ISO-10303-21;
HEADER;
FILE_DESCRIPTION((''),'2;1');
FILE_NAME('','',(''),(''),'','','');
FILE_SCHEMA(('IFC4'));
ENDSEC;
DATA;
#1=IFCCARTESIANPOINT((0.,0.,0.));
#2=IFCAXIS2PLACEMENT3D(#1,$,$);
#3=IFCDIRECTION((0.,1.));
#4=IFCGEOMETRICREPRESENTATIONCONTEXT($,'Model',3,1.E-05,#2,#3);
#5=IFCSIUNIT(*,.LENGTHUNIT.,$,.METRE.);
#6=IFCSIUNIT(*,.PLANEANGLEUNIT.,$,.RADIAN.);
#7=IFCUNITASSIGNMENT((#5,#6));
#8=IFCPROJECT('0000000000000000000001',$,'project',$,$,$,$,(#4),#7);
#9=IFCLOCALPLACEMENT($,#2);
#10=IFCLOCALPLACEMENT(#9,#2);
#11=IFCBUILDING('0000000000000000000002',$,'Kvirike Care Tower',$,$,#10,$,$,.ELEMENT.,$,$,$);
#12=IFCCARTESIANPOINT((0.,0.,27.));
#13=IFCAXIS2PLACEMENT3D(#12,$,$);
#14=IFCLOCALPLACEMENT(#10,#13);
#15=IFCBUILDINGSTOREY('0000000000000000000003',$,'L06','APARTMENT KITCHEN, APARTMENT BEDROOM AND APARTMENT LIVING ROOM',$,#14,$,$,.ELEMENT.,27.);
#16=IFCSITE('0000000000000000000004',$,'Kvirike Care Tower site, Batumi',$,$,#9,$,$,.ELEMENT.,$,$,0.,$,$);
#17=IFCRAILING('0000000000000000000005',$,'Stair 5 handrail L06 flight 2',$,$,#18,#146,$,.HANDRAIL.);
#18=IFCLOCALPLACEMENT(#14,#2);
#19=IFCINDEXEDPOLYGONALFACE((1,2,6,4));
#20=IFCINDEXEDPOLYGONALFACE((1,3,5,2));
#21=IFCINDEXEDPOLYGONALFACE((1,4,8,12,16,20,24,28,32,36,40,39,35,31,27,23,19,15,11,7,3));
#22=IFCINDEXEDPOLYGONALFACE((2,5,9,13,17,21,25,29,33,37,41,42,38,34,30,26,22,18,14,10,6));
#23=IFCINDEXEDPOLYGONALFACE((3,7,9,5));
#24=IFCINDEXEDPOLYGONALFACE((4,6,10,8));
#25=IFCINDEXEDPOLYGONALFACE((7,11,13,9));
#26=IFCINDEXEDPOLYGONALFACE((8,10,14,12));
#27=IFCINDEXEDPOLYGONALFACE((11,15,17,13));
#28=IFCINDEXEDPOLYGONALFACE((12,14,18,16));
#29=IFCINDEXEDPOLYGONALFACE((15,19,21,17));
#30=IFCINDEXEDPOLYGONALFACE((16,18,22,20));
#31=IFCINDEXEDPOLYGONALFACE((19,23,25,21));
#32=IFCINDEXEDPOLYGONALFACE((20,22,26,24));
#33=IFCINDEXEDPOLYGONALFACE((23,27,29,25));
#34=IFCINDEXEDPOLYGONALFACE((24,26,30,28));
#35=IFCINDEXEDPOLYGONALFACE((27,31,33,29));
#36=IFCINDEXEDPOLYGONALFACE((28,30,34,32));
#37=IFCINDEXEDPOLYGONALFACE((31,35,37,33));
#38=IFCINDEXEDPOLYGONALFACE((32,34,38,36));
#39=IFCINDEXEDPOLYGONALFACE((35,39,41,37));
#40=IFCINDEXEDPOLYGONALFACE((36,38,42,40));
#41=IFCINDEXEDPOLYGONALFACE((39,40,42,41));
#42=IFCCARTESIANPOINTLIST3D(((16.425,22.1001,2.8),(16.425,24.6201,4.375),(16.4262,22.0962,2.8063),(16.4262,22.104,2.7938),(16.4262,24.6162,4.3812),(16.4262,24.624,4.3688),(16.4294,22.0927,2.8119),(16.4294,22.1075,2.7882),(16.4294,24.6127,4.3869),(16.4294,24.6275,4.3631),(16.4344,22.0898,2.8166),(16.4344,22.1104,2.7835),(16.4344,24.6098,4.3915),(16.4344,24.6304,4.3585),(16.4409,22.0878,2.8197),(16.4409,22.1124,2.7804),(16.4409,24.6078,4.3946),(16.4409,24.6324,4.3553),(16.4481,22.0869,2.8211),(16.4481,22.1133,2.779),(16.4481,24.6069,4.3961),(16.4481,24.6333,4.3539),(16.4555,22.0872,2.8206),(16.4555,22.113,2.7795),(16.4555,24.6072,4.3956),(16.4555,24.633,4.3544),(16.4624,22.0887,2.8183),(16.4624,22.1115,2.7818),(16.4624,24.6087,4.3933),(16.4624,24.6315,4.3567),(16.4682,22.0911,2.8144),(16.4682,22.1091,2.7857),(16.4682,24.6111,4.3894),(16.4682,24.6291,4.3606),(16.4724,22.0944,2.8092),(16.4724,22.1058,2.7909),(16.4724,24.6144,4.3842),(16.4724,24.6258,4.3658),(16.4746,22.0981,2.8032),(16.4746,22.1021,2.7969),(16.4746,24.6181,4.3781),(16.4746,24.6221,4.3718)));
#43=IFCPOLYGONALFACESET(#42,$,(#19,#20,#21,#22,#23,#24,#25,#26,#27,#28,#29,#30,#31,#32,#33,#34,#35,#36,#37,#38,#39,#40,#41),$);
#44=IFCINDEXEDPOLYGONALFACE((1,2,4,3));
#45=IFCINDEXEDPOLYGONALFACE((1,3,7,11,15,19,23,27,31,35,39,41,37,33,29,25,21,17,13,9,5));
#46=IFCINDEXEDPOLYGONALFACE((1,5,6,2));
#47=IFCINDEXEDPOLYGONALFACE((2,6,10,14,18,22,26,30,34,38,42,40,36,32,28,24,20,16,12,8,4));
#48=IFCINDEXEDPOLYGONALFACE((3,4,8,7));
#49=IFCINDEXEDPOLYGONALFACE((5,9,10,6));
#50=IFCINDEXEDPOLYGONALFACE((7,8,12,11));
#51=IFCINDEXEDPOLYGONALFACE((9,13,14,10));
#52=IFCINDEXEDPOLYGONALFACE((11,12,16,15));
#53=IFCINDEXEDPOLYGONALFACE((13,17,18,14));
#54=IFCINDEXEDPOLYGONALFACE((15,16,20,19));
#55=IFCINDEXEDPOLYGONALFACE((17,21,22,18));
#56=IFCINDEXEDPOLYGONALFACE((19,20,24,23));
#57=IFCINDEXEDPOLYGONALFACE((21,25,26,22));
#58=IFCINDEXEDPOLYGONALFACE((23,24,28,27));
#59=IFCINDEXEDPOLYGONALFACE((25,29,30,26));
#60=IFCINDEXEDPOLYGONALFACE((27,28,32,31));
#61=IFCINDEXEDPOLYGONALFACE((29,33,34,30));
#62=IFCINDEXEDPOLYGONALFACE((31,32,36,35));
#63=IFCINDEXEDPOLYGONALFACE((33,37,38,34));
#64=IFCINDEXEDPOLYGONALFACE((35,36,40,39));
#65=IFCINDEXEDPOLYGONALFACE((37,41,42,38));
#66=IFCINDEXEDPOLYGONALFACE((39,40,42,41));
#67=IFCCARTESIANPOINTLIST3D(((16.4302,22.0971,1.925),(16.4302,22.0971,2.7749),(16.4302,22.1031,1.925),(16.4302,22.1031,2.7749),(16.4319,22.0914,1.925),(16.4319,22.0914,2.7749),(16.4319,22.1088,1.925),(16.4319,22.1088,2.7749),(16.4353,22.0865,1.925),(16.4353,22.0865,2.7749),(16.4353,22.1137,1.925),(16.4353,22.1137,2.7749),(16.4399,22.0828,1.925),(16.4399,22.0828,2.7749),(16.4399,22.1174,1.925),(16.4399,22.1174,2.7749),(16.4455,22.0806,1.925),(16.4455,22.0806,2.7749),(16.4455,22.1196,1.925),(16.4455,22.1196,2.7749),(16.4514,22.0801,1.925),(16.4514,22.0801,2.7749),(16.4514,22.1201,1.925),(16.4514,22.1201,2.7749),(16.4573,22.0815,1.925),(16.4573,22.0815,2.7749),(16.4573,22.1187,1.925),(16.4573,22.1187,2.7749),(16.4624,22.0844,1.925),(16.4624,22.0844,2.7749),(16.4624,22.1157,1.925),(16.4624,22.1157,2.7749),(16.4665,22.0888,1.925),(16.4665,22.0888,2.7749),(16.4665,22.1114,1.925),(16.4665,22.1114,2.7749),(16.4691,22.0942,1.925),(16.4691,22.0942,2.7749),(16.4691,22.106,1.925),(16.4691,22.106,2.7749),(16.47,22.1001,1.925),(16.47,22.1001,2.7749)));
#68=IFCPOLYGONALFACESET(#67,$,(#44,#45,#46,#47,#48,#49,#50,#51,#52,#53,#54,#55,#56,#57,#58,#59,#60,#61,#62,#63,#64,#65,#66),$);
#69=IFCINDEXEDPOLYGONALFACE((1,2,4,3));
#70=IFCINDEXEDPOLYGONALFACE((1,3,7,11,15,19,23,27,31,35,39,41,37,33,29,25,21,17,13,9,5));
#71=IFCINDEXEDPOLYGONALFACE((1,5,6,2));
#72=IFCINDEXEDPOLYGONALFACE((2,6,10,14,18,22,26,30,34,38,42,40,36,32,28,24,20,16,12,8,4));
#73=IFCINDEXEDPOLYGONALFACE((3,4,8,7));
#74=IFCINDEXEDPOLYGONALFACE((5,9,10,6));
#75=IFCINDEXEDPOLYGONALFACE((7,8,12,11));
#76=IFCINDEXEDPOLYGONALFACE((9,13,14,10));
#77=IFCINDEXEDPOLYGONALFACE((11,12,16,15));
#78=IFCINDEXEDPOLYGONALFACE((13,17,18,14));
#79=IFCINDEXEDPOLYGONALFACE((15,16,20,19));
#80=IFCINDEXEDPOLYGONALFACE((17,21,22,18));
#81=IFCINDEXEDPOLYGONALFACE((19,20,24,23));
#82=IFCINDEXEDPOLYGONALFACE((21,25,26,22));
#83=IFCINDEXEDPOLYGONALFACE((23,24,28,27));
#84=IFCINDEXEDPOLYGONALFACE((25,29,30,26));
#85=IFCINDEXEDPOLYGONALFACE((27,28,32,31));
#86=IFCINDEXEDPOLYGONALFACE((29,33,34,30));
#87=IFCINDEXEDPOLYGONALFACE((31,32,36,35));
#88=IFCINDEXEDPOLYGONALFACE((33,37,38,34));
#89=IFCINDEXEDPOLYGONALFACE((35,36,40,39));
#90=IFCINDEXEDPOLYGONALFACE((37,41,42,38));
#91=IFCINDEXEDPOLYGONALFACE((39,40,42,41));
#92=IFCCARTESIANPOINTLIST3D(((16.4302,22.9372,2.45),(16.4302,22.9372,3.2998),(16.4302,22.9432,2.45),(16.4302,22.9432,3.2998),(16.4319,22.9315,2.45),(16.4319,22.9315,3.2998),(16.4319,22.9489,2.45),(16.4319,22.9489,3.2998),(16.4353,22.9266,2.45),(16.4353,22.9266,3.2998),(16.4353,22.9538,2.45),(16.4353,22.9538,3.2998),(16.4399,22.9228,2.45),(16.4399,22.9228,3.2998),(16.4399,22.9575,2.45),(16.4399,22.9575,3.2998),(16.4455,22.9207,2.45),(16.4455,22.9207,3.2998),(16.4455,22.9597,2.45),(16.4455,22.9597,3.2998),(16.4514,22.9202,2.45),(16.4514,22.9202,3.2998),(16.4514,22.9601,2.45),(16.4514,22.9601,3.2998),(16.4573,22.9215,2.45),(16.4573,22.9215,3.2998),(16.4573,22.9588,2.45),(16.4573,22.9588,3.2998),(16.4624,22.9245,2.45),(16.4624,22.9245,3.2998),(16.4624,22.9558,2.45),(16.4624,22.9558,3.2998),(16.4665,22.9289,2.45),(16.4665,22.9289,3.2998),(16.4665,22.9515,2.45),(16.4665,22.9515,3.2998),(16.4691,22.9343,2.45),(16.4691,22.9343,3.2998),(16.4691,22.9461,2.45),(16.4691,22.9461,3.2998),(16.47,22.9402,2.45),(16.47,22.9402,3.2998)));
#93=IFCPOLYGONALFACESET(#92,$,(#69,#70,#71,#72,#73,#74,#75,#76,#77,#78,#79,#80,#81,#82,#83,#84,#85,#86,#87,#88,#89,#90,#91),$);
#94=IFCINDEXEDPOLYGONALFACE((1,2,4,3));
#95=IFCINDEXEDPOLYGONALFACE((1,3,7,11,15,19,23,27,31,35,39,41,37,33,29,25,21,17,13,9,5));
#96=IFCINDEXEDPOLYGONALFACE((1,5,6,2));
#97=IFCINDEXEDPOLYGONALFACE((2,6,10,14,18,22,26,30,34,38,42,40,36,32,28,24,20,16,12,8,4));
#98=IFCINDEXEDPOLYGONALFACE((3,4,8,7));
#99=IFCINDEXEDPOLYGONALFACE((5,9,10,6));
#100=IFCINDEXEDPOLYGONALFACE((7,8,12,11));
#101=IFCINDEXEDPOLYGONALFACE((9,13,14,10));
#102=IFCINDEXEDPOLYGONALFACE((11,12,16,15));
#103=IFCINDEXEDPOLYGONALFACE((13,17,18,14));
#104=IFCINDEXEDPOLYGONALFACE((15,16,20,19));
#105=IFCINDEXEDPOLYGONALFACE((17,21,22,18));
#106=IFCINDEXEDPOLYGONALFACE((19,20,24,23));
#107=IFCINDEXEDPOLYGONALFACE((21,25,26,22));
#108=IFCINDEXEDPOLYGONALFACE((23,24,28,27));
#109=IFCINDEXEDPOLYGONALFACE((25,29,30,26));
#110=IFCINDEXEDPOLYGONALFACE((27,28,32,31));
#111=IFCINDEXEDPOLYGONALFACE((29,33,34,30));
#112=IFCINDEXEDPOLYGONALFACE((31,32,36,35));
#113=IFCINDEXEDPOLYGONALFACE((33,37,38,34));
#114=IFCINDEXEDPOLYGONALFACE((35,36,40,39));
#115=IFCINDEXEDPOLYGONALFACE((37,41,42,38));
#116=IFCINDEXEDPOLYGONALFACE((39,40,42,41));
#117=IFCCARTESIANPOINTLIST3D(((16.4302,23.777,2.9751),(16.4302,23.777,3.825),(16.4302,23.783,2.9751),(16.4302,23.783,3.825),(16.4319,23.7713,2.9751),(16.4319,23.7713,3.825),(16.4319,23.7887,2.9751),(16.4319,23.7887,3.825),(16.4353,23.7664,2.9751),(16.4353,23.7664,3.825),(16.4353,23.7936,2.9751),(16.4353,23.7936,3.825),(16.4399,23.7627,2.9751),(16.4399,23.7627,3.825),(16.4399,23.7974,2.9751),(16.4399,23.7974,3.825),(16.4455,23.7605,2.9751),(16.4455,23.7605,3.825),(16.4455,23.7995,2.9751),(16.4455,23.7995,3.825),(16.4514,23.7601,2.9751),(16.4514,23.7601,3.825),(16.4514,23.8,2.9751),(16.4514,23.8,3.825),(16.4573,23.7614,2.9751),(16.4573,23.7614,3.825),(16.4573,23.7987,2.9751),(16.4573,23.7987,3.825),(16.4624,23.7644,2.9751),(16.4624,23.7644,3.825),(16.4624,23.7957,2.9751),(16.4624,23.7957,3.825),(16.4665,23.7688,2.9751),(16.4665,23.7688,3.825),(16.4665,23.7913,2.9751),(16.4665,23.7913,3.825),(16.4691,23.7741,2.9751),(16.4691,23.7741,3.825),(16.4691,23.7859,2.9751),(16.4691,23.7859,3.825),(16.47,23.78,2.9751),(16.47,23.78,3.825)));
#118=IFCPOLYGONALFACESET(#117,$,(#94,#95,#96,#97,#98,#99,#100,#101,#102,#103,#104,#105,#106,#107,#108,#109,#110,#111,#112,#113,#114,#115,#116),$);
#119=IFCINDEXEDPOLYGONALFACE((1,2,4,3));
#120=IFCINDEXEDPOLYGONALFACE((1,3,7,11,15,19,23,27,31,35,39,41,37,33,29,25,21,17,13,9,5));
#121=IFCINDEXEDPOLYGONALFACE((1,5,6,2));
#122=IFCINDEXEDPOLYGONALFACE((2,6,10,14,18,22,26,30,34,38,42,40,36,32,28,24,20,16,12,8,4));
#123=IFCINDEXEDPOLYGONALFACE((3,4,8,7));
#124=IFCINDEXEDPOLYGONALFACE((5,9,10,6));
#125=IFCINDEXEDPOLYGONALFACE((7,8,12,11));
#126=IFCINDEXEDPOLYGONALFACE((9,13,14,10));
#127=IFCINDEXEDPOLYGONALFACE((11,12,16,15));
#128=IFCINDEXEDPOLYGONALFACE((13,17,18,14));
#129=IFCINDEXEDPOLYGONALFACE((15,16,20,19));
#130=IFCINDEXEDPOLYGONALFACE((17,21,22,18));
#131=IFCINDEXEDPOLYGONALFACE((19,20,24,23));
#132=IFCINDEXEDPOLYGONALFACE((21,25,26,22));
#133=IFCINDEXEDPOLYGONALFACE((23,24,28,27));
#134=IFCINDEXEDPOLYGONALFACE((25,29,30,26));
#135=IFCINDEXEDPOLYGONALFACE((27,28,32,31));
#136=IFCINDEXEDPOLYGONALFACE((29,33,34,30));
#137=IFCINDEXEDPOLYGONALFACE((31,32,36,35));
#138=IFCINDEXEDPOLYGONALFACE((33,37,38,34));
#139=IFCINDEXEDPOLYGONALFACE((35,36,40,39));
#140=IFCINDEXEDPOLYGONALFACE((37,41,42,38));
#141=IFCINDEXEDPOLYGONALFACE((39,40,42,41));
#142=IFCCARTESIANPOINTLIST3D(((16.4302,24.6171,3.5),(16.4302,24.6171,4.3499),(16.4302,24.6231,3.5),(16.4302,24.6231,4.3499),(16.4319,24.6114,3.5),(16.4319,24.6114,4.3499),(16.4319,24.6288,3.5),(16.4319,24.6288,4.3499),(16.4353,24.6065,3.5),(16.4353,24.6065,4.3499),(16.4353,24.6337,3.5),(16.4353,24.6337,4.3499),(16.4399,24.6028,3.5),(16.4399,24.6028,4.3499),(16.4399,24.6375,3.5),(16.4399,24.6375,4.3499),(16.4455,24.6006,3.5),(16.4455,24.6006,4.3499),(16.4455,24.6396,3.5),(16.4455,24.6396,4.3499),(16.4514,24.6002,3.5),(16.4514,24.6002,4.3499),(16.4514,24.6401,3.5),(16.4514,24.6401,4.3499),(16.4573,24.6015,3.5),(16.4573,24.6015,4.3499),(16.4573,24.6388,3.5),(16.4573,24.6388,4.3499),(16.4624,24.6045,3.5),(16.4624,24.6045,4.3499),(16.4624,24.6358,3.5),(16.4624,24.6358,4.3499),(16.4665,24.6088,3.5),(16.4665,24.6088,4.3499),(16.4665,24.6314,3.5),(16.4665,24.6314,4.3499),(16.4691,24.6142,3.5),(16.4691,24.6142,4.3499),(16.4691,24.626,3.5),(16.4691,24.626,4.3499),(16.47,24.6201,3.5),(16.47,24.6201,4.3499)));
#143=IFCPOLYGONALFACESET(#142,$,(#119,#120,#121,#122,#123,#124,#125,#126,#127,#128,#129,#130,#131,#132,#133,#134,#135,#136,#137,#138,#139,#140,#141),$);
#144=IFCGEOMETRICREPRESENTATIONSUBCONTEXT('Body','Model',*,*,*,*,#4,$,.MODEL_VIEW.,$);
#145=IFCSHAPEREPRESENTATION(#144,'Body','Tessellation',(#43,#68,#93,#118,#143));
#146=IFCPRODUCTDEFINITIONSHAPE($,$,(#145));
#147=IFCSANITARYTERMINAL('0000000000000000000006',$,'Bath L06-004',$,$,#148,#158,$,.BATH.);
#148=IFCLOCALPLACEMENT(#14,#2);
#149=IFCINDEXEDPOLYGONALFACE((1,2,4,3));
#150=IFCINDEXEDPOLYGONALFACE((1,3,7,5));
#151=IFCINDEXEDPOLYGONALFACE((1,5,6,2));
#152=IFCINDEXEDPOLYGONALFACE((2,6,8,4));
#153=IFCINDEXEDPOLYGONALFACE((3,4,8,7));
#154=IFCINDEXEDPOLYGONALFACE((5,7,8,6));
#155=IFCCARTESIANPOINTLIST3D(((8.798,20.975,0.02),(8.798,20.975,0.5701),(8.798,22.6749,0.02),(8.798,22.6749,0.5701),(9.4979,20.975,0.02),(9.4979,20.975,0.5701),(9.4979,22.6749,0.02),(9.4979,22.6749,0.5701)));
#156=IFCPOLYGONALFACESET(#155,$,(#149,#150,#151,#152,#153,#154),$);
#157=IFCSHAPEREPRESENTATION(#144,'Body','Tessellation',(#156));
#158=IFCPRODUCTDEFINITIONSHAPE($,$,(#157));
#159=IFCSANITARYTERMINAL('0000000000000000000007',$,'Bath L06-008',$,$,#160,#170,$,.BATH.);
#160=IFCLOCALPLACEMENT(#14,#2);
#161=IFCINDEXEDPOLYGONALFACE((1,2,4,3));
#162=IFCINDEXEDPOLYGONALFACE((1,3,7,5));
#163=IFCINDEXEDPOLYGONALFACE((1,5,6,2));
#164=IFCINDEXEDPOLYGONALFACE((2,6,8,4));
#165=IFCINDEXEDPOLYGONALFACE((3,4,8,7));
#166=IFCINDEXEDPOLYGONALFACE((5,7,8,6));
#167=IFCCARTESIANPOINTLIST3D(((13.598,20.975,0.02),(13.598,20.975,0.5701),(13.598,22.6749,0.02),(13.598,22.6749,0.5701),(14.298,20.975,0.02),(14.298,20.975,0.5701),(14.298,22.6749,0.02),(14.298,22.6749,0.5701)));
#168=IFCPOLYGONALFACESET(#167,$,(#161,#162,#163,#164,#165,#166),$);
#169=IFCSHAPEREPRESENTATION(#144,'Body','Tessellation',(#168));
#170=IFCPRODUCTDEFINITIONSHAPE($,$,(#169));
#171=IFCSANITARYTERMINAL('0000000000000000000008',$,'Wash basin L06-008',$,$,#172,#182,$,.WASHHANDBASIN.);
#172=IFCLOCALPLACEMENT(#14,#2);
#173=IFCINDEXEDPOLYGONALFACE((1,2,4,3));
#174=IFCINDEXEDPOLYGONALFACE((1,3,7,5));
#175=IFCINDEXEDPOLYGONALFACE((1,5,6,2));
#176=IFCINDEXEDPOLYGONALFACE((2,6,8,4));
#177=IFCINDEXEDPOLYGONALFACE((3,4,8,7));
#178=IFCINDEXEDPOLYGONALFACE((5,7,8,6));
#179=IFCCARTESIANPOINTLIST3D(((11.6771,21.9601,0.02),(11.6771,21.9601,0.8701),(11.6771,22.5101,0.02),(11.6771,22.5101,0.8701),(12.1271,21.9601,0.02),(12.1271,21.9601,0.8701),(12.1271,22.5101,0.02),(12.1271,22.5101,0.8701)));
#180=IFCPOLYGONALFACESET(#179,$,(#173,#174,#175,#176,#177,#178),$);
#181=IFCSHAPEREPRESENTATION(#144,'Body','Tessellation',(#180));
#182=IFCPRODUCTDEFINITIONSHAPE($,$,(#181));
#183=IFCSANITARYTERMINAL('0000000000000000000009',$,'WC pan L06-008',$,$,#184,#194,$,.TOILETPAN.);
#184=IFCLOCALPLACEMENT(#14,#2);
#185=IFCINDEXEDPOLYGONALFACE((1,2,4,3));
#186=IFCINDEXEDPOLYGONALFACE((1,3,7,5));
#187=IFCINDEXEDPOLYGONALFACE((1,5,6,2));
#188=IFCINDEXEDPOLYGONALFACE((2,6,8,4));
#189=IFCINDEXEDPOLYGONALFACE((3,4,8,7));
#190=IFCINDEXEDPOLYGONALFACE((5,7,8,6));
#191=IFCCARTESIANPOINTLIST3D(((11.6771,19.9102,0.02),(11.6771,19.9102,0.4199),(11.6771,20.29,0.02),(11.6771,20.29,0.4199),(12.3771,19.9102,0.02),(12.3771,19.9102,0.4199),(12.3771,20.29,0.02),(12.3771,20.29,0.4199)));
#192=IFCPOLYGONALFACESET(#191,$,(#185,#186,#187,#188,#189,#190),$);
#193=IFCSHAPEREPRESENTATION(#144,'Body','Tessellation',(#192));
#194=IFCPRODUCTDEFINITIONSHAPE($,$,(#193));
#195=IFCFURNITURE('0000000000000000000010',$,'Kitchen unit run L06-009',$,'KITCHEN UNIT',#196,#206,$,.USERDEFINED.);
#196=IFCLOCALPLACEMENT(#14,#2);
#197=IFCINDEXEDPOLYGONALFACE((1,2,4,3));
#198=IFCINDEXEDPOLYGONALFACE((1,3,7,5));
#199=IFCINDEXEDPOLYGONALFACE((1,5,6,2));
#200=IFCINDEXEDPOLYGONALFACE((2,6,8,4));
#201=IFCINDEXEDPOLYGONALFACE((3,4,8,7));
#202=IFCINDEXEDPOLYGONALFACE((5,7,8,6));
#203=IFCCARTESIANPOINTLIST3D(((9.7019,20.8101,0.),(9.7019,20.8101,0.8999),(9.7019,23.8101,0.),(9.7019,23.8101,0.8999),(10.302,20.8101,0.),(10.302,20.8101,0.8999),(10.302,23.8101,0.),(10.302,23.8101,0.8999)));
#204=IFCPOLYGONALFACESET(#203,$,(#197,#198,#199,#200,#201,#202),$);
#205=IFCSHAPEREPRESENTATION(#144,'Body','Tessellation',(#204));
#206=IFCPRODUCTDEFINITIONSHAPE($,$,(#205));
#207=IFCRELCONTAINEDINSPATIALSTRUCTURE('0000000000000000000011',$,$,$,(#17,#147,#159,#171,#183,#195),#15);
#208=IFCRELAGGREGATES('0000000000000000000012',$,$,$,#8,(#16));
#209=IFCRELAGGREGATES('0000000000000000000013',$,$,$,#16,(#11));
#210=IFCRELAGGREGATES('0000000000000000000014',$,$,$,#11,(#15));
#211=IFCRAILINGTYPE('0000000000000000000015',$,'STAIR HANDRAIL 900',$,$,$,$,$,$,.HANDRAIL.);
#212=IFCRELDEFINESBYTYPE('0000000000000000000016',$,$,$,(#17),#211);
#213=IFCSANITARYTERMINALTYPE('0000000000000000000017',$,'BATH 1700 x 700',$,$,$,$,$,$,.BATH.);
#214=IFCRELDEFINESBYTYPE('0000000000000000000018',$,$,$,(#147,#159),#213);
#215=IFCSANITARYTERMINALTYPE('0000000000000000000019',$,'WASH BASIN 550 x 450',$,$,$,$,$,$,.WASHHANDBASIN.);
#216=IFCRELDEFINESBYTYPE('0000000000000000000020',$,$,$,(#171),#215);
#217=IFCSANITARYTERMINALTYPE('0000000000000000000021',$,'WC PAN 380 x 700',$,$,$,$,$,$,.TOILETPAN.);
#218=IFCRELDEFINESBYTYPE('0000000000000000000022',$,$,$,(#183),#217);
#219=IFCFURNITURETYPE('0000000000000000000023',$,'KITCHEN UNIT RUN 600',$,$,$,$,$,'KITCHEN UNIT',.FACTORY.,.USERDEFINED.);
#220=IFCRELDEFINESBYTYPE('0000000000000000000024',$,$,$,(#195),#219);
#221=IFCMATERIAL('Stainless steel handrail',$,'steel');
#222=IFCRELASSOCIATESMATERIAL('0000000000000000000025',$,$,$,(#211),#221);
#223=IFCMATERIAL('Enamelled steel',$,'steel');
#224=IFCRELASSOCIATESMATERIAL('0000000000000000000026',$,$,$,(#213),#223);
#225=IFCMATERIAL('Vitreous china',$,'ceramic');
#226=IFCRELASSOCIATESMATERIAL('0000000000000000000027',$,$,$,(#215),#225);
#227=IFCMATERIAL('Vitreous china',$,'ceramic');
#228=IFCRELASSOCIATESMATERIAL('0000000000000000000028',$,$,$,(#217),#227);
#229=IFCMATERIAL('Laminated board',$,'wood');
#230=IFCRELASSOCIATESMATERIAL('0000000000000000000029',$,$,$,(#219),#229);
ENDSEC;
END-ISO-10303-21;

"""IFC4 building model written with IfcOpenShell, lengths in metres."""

from ifc_helpers import new_model, si_unit, direction, frame, origin, origin_2d, place, context, subcontext, project, spatial, rectangle, circle, extrude, material, type_object, element, save


model = new_model("IFC4")

# Units and contexts
model_context = context("Model", 3, precision=1e-05, world=origin(), true_north=direction((0.0, 1.0)))
body_context = subcontext(model_context, "Body", "Model", "MODEL_VIEW")
ifc_project = project(units=[si_unit("LENGTHUNIT", "METRE"), si_unit("PLANEANGLEUNIT", "RADIAN")], contexts=[model_context])

# Site, building, storey
site_placement = place(None, origin())
site = spatial("IfcSite", under=ifc_project, at=site_placement, Name="Kvirike Care Tower site, Batumi", CompositionType="ELEMENT", RefElevation=0.0)
building_placement = place(site_placement, origin())
building = spatial("IfcBuilding", under=site, at=building_placement, Name="Kvirike Care Tower", CompositionType="ELEMENT")
storey_placement = place(building_placement, frame((0.0, 0.0, 27.0)))
storey = spatial("IfcBuildingStorey", under=building, at=storey_placement, Name="L06", Description="APARTMENT KITCHEN, APARTMENT BEDROOM AND APARTMENT LIVING ROOM", CompositionType="ELEMENT", Elevation=27.0)

# Railing
ifc_material_1 = material(Name="Stainless steel handrail", Category="steel")
railing_type = type_object("IfcRailingType", Name="STAIR HANDRAIL 900", PredefinedType="HANDRAIL", material=ifc_material_1)
railing_placement = place(storey_placement, frame((16.45, 22.1001, 1.925)))
element("IfcRailing", 1, at=railing_placement, inside=storey, type_object=railing_type, Name="Stair 5 handrail L06 flight 2", PredefinedType="HANDRAIL", context=body_context, shape_type="SweptSolid", body=[
    extrude(circle(Radius=0.0249, at=origin_2d()), frame((0.0, 0.0, 0.875), z_axis=(0.0, 0.848008, 0.529984), x_axis=(-1.0, 0.0, 0.0)), (0.0, 0.0, 1.0), 2.9717),
    extrude(circle(Radius=0.02, at=origin_2d()), origin(), (0.0, 0.0, 1.0), 0.8499),
    extrude(circle(Radius=0.02, at=origin_2d()), frame((0.0, 0.8401, 0.5249)), (0.0, 0.0, 1.0), 0.8499),
    extrude(circle(Radius=0.02, at=origin_2d()), frame((0.0, 1.6799, 1.05)), (0.0, 0.0, 1.0), 0.8499),
    extrude(circle(Radius=0.02, at=origin_2d()), frame((0.0, 2.52, 1.575)), (0.0, 0.0, 1.0), 0.8499),
])

# Sanitary terminals
ifc_material_2 = material(Name="Enamelled steel", Category="steel")
sanitary_terminal_type_1 = type_object("IfcSanitaryTerminalType", Name="BATH 1700 x 700", PredefinedType="BATH", material=ifc_material_2)
for number, where, z_axis, x_axis, name in (
    (2, (9.1479, 21.825, 0.02), (0.0, 0.0, 1.0), (0.0, -1.0, 0.0), "Bath L06-004"),
    (3, (13.948, 21.825, 0.02), (0.0, 0.0, 1.0), (0.0, -1.0, 0.0), "Bath L06-008"),
):
    element("IfcSanitaryTerminal", number, at=place(storey_placement, frame(where, z_axis=z_axis, x_axis=x_axis)), inside=storey, type_object=sanitary_terminal_type_1, Name=name, PredefinedType="BATH", context=body_context, shape_type="SweptSolid", body=[
        extrude(rectangle(XDim=1.7, YDim=0.7, at=origin_2d()), origin(), (0.0, 0.0, 1.0), 0.55),
    ])
ifc_material_3 = material(Name="Vitreous china", Category="ceramic")
sanitary_terminal_type_2 = type_object("IfcSanitaryTerminalType", Name="WASH BASIN 550 x 450", PredefinedType="WASHHANDBASIN", material=ifc_material_3)
sanitary_terminal_1_placement = place(storey_placement, frame((11.9021, 22.2351, 0.02), z_axis=(0.0, 0.0, 1.0), x_axis=(0.0, 1.0, 0.0)))
element("IfcSanitaryTerminal", 4, at=sanitary_terminal_1_placement, inside=storey, type_object=sanitary_terminal_type_2, Name="Wash basin L06-008", PredefinedType="WASHHANDBASIN", context=body_context, shape_type="SweptSolid", body=[
    extrude(rectangle(XDim=0.55, YDim=0.45, at=origin_2d()), origin(), (0.0, 0.0, 1.0), 0.8501),
])
ifc_material_4 = material(Name="Vitreous china", Category="ceramic")
sanitary_terminal_type_3 = type_object("IfcSanitaryTerminalType", Name="WC PAN 380 x 700", PredefinedType="TOILETPAN", material=ifc_material_4)
sanitary_terminal_2_placement = place(storey_placement, frame((12.0271, 20.1001, 0.02), z_axis=(0.0, 0.0, 1.0), x_axis=(0.0, 1.0, 0.0)))
element("IfcSanitaryTerminal", 5, at=sanitary_terminal_2_placement, inside=storey, type_object=sanitary_terminal_type_3, Name="WC pan L06-008", PredefinedType="TOILETPAN", context=body_context, shape_type="SweptSolid", body=[
    extrude(rectangle(XDim=0.3799, YDim=0.7, at=origin_2d()), origin(), (0.0, 0.0, 1.0), 0.3999),
])

# Furniture
ifc_material_5 = material(Name="Laminated board", Category="wood")
furniture_type = type_object("IfcFurnitureType", Name="KITCHEN UNIT RUN 600", ElementType="KITCHEN UNIT", AssemblyPlace="FACTORY", PredefinedType="USERDEFINED", material=ifc_material_5)
furniture_placement = place(storey_placement, frame((10.002, 22.3101, 0.0), z_axis=(0.0, 0.0, 1.0), x_axis=(0.0, 1.0, 0.0)))
element("IfcFurniture", 6, at=furniture_placement, inside=storey, type_object=furniture_type, Name="Kitchen unit run L06-009", ObjectType="KITCHEN UNIT", PredefinedType="USERDEFINED", context=body_context, shape_type="SweptSolid", body=[
    extrude(rectangle(XDim=3.0, YDim=0.6001, at=origin_2d()), origin(), (0.0, 0.0, 1.0), 0.8999),
])

save(model, "model.ifc")
